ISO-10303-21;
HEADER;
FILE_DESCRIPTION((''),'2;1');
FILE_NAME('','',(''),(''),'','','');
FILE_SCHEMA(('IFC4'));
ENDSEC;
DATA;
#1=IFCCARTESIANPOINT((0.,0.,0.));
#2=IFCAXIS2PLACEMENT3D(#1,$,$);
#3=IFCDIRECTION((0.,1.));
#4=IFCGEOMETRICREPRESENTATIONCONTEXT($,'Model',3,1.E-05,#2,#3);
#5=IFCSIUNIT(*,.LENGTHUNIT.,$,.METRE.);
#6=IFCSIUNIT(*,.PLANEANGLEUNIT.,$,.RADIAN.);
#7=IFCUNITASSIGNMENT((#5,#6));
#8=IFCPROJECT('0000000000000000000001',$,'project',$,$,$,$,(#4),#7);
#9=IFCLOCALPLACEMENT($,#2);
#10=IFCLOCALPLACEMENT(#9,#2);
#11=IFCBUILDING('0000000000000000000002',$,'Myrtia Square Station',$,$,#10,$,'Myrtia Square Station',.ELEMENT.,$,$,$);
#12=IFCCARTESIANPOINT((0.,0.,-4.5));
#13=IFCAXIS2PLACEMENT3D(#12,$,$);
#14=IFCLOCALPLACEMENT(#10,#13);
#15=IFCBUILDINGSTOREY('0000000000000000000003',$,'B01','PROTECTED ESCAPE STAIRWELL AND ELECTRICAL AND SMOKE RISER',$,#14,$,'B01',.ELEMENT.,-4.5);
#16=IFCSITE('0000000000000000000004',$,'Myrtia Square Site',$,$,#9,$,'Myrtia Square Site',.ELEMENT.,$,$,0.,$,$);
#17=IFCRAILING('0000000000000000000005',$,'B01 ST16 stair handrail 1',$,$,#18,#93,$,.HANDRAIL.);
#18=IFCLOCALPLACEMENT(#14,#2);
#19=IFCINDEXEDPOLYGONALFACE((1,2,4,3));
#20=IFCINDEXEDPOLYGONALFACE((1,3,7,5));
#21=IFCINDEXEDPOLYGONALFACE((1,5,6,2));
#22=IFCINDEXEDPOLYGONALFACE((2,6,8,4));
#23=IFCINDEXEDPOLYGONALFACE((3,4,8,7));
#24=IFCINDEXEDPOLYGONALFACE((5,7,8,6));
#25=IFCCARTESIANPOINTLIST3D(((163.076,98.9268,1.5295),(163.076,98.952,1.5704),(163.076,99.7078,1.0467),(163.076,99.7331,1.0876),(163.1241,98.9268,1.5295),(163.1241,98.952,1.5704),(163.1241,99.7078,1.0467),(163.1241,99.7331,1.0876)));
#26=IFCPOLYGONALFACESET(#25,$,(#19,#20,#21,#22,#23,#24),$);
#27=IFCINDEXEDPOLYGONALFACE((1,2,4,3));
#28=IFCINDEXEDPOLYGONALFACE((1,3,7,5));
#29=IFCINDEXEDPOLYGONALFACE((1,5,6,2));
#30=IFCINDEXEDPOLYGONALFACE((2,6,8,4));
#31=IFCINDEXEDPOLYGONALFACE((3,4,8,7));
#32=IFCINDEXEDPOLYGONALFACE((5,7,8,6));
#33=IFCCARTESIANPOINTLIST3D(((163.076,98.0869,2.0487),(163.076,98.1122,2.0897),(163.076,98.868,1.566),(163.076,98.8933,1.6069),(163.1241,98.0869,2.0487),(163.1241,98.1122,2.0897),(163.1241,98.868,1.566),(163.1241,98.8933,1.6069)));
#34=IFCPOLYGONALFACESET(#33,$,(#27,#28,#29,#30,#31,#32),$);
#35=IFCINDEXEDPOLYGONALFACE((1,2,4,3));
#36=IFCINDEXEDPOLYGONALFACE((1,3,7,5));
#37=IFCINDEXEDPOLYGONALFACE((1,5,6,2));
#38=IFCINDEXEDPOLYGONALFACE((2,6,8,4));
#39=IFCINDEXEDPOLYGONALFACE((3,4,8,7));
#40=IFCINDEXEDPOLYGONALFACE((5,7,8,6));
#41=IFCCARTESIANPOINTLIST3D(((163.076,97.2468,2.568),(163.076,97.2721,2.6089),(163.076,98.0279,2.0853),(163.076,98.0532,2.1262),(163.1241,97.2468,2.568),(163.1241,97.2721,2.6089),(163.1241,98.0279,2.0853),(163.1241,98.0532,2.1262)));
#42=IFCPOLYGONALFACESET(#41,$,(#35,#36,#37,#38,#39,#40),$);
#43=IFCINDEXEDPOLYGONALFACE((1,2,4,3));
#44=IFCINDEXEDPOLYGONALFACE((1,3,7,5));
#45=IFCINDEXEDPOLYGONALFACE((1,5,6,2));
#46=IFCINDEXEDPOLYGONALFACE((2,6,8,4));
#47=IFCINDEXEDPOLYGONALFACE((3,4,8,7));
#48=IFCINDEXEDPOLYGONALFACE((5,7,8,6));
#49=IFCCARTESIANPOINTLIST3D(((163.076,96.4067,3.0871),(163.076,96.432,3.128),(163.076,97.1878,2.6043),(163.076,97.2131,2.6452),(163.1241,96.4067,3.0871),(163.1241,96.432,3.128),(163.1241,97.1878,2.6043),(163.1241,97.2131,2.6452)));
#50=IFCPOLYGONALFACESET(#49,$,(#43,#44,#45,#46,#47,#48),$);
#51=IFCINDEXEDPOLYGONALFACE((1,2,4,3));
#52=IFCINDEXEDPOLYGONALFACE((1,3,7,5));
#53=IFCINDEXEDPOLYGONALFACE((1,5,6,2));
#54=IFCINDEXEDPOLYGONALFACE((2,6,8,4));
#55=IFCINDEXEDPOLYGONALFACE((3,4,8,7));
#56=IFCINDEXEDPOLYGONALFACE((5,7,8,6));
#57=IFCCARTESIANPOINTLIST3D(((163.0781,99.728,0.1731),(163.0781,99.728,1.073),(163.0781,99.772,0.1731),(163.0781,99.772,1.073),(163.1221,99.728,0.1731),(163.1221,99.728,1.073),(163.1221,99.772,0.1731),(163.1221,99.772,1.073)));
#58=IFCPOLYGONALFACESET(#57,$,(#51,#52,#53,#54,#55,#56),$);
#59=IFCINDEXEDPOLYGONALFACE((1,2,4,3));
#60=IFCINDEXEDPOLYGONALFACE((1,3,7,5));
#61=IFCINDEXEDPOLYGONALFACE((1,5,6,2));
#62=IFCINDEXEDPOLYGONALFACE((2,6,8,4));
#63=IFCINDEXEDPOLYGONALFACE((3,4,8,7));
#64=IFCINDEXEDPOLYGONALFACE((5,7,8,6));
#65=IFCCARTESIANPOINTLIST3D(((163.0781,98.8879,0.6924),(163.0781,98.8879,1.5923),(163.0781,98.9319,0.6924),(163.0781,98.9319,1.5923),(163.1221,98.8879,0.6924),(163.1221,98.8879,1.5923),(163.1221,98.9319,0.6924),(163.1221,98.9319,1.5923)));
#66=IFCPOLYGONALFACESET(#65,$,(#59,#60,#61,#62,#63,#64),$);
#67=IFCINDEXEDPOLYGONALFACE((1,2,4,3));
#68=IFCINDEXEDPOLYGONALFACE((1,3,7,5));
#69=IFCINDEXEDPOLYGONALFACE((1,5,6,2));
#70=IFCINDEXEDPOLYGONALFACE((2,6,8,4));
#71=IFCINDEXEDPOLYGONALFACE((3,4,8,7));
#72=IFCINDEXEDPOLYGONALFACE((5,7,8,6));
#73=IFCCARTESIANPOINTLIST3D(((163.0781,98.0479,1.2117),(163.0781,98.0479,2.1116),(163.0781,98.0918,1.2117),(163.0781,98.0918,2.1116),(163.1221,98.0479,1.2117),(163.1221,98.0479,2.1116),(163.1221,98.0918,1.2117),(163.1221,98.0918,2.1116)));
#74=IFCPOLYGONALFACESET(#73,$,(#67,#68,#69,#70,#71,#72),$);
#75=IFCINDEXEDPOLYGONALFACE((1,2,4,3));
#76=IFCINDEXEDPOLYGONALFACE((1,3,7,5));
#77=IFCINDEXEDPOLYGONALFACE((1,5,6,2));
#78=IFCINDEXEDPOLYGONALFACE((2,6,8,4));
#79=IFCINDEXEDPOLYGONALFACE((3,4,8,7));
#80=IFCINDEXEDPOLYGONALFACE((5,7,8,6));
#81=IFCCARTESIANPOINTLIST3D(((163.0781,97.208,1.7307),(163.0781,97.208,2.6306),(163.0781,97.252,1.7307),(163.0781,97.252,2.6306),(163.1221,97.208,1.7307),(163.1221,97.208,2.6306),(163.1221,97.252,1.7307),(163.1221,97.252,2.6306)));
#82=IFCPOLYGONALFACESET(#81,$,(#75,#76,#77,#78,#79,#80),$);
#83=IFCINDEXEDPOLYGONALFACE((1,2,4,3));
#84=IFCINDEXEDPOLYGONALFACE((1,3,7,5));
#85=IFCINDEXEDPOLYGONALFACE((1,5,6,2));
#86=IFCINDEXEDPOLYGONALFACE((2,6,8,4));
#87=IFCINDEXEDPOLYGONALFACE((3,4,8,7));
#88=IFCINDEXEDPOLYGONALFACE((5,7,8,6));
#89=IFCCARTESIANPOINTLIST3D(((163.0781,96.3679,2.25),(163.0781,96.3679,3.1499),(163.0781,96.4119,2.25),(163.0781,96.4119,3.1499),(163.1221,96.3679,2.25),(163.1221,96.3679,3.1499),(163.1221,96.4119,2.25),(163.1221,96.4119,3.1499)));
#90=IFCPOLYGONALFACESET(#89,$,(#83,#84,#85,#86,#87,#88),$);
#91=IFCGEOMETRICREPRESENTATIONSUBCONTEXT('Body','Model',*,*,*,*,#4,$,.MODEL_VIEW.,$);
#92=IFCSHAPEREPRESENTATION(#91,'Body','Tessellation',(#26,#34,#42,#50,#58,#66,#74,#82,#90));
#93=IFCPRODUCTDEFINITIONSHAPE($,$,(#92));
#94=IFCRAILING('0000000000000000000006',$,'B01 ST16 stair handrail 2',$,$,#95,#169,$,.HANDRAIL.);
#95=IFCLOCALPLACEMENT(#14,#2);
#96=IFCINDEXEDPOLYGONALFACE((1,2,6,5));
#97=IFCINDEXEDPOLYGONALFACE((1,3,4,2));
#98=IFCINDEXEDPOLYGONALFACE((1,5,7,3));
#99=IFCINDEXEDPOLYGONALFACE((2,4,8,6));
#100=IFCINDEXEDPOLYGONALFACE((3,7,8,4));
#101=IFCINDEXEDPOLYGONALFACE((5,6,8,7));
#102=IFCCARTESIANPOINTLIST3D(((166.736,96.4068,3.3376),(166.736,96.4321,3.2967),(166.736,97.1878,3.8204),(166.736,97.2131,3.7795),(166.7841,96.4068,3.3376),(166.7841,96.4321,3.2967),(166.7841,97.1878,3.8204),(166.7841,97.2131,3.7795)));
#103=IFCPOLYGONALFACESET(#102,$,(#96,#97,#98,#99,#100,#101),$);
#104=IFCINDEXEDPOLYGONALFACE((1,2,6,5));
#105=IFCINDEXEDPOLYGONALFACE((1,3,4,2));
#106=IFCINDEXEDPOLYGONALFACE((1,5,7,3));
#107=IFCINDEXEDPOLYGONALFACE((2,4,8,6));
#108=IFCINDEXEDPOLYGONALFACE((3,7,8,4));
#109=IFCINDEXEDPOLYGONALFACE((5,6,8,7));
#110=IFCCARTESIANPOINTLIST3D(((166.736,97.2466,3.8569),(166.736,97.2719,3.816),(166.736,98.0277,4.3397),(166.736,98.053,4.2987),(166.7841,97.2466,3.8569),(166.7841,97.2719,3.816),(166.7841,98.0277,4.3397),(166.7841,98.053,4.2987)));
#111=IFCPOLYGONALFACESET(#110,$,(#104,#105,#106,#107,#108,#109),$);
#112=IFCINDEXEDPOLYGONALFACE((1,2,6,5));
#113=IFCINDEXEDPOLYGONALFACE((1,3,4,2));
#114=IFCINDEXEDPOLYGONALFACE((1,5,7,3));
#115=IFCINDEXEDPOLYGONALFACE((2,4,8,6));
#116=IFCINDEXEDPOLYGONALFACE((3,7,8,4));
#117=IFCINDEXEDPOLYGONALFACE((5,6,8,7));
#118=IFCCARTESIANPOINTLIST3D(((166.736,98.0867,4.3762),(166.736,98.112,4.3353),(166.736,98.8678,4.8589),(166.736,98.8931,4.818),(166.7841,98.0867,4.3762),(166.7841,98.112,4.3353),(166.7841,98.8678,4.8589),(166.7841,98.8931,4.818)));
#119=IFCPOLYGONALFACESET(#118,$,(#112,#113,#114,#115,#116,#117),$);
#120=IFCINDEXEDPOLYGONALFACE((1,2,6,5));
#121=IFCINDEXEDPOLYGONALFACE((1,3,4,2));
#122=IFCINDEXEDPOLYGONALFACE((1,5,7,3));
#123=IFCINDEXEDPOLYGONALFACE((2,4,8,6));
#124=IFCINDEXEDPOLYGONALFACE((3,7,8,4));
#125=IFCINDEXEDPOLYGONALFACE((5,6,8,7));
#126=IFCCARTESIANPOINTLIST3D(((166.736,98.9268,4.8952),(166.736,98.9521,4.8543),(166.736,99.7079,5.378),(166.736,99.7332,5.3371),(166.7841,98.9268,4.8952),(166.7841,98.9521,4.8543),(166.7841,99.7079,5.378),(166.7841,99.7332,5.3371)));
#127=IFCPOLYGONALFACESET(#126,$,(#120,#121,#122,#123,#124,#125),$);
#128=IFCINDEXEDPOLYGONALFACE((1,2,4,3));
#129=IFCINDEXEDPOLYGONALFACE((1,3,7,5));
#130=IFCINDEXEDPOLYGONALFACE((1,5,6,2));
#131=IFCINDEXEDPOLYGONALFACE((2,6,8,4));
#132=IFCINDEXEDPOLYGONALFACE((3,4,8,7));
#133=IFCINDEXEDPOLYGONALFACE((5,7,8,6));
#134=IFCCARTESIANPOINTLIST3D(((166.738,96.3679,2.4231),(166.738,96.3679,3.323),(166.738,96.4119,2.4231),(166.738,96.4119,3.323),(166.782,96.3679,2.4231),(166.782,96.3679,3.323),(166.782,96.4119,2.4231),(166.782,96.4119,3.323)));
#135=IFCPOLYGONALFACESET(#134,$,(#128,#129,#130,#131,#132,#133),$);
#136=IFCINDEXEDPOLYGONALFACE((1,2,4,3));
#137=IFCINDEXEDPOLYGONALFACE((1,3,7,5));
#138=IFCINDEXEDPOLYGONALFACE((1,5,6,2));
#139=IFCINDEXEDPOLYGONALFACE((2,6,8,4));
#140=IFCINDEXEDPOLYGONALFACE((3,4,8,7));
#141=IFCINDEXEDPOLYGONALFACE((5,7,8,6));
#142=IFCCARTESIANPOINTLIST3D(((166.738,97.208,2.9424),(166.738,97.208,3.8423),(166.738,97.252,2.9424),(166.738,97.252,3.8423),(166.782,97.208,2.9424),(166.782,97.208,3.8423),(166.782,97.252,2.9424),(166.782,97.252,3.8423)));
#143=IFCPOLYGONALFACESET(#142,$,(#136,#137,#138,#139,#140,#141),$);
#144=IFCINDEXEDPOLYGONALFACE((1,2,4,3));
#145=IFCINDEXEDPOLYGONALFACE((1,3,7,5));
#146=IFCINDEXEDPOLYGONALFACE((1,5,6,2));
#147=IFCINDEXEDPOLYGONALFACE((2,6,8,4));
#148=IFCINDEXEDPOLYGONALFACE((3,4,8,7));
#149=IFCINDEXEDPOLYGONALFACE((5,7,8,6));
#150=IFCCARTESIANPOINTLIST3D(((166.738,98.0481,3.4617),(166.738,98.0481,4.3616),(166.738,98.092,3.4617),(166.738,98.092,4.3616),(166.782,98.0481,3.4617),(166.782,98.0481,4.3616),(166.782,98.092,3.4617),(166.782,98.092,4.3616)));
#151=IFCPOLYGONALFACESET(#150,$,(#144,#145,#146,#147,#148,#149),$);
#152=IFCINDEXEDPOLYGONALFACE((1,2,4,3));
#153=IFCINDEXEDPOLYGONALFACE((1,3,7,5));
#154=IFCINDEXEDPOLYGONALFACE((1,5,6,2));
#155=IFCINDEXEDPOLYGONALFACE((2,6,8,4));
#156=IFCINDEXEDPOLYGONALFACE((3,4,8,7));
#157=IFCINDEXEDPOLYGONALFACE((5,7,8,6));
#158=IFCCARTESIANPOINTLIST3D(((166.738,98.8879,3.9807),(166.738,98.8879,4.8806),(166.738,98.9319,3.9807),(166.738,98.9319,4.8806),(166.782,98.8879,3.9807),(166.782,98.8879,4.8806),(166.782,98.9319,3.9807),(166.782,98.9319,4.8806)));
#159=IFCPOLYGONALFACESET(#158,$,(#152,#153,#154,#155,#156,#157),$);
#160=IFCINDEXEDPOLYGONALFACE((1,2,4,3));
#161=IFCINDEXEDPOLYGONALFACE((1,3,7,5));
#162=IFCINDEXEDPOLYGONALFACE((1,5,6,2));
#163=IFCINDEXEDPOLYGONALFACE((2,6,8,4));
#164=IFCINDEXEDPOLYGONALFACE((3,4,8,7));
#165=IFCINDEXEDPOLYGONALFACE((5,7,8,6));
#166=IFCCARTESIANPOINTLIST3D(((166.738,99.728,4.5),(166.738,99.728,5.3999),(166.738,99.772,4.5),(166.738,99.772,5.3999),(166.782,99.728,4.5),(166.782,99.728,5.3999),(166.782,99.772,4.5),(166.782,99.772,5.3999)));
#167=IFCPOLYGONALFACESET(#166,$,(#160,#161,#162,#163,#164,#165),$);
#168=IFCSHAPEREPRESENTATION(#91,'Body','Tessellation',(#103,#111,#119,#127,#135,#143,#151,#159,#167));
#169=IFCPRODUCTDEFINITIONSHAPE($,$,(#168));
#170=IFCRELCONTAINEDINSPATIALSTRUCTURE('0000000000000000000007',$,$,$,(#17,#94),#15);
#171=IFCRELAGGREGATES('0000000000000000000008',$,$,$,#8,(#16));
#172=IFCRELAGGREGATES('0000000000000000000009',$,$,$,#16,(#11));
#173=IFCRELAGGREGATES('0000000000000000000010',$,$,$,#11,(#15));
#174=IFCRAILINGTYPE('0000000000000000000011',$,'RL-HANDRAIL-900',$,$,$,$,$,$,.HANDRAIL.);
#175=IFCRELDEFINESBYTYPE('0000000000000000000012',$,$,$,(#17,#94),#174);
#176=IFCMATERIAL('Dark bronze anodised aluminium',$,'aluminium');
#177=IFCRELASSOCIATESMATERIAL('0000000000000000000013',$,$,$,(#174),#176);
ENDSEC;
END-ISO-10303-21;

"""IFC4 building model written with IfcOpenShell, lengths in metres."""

from ifc_helpers import new_model, si_unit, direction, frame, origin, origin_2d, place, context, subcontext, project, spatial, rectangle, extrude, material, type_object, element, save


model = new_model("IFC4")

# Units and contexts
model_context = context("Model", 3, precision=1e-05, world=origin(), true_north=direction((0.0, 1.0)))
body_context = subcontext(model_context, "Body", "Model", "MODEL_VIEW")
ifc_project = project(units=[si_unit("LENGTHUNIT", "METRE"), si_unit("PLANEANGLEUNIT", "RADIAN")], contexts=[model_context])

# Site, building, storey
site_placement = place(None, origin())
site = spatial("IfcSite", under=ifc_project, at=site_placement, Name="Myrtia Square Site", LongName="Myrtia Square Site", CompositionType="ELEMENT", RefElevation=0.0)
building_placement = place(site_placement, origin())
building = spatial("IfcBuilding", under=site, at=building_placement, Name="Myrtia Square Station", LongName="Myrtia Square Station", CompositionType="ELEMENT")
storey_placement = place(building_placement, frame((0.0, 0.0, -4.5)))
storey = spatial("IfcBuildingStorey", under=building, at=storey_placement, Name="B01", Description="PROTECTED ESCAPE STAIRWELL AND ELECTRICAL AND SMOKE RISER", LongName="B01", CompositionType="ELEMENT", Elevation=-4.5)

# Shared definitions
ifc_material_1 = material(Name="Dark bronze anodised aluminium", Category="aluminium")

# Railings
railing_type_1 = type_object("IfcRailingType", Name="RL-HANDRAIL-900", PredefinedType="HANDRAIL", material=ifc_material_1)
railing_1_placement = place(storey_placement, frame((163.1001, 99.75, 0.1731)))
element("IfcRailing", 1, at=railing_1_placement, inside=storey, type_object=railing_type_1, Name="B01 ST16 stair handrail 1", PredefinedType="HANDRAIL", context=body_context, shape_type="SweptSolid", body=[
    extrude(rectangle(XDim=0.0481, YDim=0.0481, at=origin_2d()), frame((0.0, -0.0295, 0.894), z_axis=(0.0, -0.850623, 0.525776), x_axis=(1.0, 0.0, 0.0)), (0.0, 0.0, 1.0), 0.9182),
    extrude(rectangle(XDim=0.0481, YDim=0.0481, at=origin_2d()), frame((0.0, -0.8694, 1.4133), z_axis=(0.0, -0.850623, 0.525776), x_axis=(1.0, 0.0, 0.0)), (0.0, 0.0, 1.0), 0.9182),
    extrude(rectangle(XDim=0.0481, YDim=0.0481, at=origin_2d()), frame((0.0, -1.7095, 1.9326), z_axis=(0.0, -0.850623, 0.525776), x_axis=(1.0, 0.0, 0.0)), (0.0, 0.0, 1.0), 0.9182),
    extrude(rectangle(XDim=0.0481, YDim=0.0481, at=origin_2d()), frame((0.0, -2.5496, 2.4517), z_axis=(0.0, -0.850623, 0.525776), x_axis=(1.0, 0.0, 0.0)), (0.0, 0.0, 1.0), 0.9182),
    extrude(rectangle(XDim=0.0439, YDim=0.0439, at=origin_2d()), origin(), (0.0, 0.0, 1.0), 0.8999),
    extrude(rectangle(XDim=0.0439, YDim=0.0439, at=origin_2d()), frame((0.0, -0.8401, 0.5193)), (0.0, 0.0, 1.0), 0.8999),
    extrude(rectangle(XDim=0.0439, YDim=0.0439, at=origin_2d()), frame((0.0, -1.6802, 1.0386)), (0.0, 0.0, 1.0), 0.8999),
    extrude(rectangle(XDim=0.0439, YDim=0.0439, at=origin_2d()), frame((0.0, -2.52, 1.5576)), (0.0, 0.0, 1.0), 0.8999),
    extrude(rectangle(XDim=0.0439, YDim=0.0439, at=origin_2d()), frame((0.0, -3.3601, 2.0769)), (0.0, 0.0, 1.0), 0.8999),
])
railing_2_placement = place(storey_placement, frame((166.76, 96.3899, 2.4231)))
element("IfcRailing", 2, at=railing_2_placement, inside=storey, type_object=railing_type_1, Name="B01 ST16 stair handrail 2", PredefinedType="HANDRAIL", context=body_context, shape_type="SweptSolid", body=[
    extrude(rectangle(XDim=0.0481, YDim=0.0481, at=origin_2d()), frame((0.0, 0.0295, 0.894), z_axis=(0.0, 0.850623, 0.525776), x_axis=(-1.0, 0.0, 0.0)), (0.0, 0.0, 1.0), 0.9182),
    extrude(rectangle(XDim=0.0481, YDim=0.0481, at=origin_2d()), frame((0.0, 0.8694, 1.4133), z_axis=(0.0, 0.850623, 0.525776), x_axis=(-1.0, 0.0, 0.0)), (0.0, 0.0, 1.0), 0.9182),
    extrude(rectangle(XDim=0.0481, YDim=0.0481, at=origin_2d()), frame((0.0, 1.7095, 1.9326), z_axis=(0.0, 0.850623, 0.525776), x_axis=(-1.0, 0.0, 0.0)), (0.0, 0.0, 1.0), 0.9182),
    extrude(rectangle(XDim=0.0481, YDim=0.0481, at=origin_2d()), frame((0.0, 2.5496, 2.4517), z_axis=(0.0, 0.850623, 0.525776), x_axis=(-1.0, 0.0, 0.0)), (0.0, 0.0, 1.0), 0.9182),
    extrude(rectangle(XDim=0.0439, YDim=0.0439, at=origin_2d()), origin(), (0.0, 0.0, 1.0), 0.8999),
    extrude(rectangle(XDim=0.0439, YDim=0.0439, at=origin_2d()), frame((0.0, 0.8401, 0.5193)), (0.0, 0.0, 1.0), 0.8999),
    extrude(rectangle(XDim=0.0439, YDim=0.0439, at=origin_2d()), frame((0.0, 1.6802, 1.0386)), (0.0, 0.0, 1.0), 0.8999),
    extrude(rectangle(XDim=0.0439, YDim=0.0439, at=origin_2d()), frame((0.0, 2.52, 1.5576)), (0.0, 0.0, 1.0), 0.8999),
    extrude(rectangle(XDim=0.0439, YDim=0.0439, at=origin_2d()), frame((0.0, 3.3601, 2.0769)), (0.0, 0.0, 1.0), 0.8999),
])

save(model, "model.ifc")
